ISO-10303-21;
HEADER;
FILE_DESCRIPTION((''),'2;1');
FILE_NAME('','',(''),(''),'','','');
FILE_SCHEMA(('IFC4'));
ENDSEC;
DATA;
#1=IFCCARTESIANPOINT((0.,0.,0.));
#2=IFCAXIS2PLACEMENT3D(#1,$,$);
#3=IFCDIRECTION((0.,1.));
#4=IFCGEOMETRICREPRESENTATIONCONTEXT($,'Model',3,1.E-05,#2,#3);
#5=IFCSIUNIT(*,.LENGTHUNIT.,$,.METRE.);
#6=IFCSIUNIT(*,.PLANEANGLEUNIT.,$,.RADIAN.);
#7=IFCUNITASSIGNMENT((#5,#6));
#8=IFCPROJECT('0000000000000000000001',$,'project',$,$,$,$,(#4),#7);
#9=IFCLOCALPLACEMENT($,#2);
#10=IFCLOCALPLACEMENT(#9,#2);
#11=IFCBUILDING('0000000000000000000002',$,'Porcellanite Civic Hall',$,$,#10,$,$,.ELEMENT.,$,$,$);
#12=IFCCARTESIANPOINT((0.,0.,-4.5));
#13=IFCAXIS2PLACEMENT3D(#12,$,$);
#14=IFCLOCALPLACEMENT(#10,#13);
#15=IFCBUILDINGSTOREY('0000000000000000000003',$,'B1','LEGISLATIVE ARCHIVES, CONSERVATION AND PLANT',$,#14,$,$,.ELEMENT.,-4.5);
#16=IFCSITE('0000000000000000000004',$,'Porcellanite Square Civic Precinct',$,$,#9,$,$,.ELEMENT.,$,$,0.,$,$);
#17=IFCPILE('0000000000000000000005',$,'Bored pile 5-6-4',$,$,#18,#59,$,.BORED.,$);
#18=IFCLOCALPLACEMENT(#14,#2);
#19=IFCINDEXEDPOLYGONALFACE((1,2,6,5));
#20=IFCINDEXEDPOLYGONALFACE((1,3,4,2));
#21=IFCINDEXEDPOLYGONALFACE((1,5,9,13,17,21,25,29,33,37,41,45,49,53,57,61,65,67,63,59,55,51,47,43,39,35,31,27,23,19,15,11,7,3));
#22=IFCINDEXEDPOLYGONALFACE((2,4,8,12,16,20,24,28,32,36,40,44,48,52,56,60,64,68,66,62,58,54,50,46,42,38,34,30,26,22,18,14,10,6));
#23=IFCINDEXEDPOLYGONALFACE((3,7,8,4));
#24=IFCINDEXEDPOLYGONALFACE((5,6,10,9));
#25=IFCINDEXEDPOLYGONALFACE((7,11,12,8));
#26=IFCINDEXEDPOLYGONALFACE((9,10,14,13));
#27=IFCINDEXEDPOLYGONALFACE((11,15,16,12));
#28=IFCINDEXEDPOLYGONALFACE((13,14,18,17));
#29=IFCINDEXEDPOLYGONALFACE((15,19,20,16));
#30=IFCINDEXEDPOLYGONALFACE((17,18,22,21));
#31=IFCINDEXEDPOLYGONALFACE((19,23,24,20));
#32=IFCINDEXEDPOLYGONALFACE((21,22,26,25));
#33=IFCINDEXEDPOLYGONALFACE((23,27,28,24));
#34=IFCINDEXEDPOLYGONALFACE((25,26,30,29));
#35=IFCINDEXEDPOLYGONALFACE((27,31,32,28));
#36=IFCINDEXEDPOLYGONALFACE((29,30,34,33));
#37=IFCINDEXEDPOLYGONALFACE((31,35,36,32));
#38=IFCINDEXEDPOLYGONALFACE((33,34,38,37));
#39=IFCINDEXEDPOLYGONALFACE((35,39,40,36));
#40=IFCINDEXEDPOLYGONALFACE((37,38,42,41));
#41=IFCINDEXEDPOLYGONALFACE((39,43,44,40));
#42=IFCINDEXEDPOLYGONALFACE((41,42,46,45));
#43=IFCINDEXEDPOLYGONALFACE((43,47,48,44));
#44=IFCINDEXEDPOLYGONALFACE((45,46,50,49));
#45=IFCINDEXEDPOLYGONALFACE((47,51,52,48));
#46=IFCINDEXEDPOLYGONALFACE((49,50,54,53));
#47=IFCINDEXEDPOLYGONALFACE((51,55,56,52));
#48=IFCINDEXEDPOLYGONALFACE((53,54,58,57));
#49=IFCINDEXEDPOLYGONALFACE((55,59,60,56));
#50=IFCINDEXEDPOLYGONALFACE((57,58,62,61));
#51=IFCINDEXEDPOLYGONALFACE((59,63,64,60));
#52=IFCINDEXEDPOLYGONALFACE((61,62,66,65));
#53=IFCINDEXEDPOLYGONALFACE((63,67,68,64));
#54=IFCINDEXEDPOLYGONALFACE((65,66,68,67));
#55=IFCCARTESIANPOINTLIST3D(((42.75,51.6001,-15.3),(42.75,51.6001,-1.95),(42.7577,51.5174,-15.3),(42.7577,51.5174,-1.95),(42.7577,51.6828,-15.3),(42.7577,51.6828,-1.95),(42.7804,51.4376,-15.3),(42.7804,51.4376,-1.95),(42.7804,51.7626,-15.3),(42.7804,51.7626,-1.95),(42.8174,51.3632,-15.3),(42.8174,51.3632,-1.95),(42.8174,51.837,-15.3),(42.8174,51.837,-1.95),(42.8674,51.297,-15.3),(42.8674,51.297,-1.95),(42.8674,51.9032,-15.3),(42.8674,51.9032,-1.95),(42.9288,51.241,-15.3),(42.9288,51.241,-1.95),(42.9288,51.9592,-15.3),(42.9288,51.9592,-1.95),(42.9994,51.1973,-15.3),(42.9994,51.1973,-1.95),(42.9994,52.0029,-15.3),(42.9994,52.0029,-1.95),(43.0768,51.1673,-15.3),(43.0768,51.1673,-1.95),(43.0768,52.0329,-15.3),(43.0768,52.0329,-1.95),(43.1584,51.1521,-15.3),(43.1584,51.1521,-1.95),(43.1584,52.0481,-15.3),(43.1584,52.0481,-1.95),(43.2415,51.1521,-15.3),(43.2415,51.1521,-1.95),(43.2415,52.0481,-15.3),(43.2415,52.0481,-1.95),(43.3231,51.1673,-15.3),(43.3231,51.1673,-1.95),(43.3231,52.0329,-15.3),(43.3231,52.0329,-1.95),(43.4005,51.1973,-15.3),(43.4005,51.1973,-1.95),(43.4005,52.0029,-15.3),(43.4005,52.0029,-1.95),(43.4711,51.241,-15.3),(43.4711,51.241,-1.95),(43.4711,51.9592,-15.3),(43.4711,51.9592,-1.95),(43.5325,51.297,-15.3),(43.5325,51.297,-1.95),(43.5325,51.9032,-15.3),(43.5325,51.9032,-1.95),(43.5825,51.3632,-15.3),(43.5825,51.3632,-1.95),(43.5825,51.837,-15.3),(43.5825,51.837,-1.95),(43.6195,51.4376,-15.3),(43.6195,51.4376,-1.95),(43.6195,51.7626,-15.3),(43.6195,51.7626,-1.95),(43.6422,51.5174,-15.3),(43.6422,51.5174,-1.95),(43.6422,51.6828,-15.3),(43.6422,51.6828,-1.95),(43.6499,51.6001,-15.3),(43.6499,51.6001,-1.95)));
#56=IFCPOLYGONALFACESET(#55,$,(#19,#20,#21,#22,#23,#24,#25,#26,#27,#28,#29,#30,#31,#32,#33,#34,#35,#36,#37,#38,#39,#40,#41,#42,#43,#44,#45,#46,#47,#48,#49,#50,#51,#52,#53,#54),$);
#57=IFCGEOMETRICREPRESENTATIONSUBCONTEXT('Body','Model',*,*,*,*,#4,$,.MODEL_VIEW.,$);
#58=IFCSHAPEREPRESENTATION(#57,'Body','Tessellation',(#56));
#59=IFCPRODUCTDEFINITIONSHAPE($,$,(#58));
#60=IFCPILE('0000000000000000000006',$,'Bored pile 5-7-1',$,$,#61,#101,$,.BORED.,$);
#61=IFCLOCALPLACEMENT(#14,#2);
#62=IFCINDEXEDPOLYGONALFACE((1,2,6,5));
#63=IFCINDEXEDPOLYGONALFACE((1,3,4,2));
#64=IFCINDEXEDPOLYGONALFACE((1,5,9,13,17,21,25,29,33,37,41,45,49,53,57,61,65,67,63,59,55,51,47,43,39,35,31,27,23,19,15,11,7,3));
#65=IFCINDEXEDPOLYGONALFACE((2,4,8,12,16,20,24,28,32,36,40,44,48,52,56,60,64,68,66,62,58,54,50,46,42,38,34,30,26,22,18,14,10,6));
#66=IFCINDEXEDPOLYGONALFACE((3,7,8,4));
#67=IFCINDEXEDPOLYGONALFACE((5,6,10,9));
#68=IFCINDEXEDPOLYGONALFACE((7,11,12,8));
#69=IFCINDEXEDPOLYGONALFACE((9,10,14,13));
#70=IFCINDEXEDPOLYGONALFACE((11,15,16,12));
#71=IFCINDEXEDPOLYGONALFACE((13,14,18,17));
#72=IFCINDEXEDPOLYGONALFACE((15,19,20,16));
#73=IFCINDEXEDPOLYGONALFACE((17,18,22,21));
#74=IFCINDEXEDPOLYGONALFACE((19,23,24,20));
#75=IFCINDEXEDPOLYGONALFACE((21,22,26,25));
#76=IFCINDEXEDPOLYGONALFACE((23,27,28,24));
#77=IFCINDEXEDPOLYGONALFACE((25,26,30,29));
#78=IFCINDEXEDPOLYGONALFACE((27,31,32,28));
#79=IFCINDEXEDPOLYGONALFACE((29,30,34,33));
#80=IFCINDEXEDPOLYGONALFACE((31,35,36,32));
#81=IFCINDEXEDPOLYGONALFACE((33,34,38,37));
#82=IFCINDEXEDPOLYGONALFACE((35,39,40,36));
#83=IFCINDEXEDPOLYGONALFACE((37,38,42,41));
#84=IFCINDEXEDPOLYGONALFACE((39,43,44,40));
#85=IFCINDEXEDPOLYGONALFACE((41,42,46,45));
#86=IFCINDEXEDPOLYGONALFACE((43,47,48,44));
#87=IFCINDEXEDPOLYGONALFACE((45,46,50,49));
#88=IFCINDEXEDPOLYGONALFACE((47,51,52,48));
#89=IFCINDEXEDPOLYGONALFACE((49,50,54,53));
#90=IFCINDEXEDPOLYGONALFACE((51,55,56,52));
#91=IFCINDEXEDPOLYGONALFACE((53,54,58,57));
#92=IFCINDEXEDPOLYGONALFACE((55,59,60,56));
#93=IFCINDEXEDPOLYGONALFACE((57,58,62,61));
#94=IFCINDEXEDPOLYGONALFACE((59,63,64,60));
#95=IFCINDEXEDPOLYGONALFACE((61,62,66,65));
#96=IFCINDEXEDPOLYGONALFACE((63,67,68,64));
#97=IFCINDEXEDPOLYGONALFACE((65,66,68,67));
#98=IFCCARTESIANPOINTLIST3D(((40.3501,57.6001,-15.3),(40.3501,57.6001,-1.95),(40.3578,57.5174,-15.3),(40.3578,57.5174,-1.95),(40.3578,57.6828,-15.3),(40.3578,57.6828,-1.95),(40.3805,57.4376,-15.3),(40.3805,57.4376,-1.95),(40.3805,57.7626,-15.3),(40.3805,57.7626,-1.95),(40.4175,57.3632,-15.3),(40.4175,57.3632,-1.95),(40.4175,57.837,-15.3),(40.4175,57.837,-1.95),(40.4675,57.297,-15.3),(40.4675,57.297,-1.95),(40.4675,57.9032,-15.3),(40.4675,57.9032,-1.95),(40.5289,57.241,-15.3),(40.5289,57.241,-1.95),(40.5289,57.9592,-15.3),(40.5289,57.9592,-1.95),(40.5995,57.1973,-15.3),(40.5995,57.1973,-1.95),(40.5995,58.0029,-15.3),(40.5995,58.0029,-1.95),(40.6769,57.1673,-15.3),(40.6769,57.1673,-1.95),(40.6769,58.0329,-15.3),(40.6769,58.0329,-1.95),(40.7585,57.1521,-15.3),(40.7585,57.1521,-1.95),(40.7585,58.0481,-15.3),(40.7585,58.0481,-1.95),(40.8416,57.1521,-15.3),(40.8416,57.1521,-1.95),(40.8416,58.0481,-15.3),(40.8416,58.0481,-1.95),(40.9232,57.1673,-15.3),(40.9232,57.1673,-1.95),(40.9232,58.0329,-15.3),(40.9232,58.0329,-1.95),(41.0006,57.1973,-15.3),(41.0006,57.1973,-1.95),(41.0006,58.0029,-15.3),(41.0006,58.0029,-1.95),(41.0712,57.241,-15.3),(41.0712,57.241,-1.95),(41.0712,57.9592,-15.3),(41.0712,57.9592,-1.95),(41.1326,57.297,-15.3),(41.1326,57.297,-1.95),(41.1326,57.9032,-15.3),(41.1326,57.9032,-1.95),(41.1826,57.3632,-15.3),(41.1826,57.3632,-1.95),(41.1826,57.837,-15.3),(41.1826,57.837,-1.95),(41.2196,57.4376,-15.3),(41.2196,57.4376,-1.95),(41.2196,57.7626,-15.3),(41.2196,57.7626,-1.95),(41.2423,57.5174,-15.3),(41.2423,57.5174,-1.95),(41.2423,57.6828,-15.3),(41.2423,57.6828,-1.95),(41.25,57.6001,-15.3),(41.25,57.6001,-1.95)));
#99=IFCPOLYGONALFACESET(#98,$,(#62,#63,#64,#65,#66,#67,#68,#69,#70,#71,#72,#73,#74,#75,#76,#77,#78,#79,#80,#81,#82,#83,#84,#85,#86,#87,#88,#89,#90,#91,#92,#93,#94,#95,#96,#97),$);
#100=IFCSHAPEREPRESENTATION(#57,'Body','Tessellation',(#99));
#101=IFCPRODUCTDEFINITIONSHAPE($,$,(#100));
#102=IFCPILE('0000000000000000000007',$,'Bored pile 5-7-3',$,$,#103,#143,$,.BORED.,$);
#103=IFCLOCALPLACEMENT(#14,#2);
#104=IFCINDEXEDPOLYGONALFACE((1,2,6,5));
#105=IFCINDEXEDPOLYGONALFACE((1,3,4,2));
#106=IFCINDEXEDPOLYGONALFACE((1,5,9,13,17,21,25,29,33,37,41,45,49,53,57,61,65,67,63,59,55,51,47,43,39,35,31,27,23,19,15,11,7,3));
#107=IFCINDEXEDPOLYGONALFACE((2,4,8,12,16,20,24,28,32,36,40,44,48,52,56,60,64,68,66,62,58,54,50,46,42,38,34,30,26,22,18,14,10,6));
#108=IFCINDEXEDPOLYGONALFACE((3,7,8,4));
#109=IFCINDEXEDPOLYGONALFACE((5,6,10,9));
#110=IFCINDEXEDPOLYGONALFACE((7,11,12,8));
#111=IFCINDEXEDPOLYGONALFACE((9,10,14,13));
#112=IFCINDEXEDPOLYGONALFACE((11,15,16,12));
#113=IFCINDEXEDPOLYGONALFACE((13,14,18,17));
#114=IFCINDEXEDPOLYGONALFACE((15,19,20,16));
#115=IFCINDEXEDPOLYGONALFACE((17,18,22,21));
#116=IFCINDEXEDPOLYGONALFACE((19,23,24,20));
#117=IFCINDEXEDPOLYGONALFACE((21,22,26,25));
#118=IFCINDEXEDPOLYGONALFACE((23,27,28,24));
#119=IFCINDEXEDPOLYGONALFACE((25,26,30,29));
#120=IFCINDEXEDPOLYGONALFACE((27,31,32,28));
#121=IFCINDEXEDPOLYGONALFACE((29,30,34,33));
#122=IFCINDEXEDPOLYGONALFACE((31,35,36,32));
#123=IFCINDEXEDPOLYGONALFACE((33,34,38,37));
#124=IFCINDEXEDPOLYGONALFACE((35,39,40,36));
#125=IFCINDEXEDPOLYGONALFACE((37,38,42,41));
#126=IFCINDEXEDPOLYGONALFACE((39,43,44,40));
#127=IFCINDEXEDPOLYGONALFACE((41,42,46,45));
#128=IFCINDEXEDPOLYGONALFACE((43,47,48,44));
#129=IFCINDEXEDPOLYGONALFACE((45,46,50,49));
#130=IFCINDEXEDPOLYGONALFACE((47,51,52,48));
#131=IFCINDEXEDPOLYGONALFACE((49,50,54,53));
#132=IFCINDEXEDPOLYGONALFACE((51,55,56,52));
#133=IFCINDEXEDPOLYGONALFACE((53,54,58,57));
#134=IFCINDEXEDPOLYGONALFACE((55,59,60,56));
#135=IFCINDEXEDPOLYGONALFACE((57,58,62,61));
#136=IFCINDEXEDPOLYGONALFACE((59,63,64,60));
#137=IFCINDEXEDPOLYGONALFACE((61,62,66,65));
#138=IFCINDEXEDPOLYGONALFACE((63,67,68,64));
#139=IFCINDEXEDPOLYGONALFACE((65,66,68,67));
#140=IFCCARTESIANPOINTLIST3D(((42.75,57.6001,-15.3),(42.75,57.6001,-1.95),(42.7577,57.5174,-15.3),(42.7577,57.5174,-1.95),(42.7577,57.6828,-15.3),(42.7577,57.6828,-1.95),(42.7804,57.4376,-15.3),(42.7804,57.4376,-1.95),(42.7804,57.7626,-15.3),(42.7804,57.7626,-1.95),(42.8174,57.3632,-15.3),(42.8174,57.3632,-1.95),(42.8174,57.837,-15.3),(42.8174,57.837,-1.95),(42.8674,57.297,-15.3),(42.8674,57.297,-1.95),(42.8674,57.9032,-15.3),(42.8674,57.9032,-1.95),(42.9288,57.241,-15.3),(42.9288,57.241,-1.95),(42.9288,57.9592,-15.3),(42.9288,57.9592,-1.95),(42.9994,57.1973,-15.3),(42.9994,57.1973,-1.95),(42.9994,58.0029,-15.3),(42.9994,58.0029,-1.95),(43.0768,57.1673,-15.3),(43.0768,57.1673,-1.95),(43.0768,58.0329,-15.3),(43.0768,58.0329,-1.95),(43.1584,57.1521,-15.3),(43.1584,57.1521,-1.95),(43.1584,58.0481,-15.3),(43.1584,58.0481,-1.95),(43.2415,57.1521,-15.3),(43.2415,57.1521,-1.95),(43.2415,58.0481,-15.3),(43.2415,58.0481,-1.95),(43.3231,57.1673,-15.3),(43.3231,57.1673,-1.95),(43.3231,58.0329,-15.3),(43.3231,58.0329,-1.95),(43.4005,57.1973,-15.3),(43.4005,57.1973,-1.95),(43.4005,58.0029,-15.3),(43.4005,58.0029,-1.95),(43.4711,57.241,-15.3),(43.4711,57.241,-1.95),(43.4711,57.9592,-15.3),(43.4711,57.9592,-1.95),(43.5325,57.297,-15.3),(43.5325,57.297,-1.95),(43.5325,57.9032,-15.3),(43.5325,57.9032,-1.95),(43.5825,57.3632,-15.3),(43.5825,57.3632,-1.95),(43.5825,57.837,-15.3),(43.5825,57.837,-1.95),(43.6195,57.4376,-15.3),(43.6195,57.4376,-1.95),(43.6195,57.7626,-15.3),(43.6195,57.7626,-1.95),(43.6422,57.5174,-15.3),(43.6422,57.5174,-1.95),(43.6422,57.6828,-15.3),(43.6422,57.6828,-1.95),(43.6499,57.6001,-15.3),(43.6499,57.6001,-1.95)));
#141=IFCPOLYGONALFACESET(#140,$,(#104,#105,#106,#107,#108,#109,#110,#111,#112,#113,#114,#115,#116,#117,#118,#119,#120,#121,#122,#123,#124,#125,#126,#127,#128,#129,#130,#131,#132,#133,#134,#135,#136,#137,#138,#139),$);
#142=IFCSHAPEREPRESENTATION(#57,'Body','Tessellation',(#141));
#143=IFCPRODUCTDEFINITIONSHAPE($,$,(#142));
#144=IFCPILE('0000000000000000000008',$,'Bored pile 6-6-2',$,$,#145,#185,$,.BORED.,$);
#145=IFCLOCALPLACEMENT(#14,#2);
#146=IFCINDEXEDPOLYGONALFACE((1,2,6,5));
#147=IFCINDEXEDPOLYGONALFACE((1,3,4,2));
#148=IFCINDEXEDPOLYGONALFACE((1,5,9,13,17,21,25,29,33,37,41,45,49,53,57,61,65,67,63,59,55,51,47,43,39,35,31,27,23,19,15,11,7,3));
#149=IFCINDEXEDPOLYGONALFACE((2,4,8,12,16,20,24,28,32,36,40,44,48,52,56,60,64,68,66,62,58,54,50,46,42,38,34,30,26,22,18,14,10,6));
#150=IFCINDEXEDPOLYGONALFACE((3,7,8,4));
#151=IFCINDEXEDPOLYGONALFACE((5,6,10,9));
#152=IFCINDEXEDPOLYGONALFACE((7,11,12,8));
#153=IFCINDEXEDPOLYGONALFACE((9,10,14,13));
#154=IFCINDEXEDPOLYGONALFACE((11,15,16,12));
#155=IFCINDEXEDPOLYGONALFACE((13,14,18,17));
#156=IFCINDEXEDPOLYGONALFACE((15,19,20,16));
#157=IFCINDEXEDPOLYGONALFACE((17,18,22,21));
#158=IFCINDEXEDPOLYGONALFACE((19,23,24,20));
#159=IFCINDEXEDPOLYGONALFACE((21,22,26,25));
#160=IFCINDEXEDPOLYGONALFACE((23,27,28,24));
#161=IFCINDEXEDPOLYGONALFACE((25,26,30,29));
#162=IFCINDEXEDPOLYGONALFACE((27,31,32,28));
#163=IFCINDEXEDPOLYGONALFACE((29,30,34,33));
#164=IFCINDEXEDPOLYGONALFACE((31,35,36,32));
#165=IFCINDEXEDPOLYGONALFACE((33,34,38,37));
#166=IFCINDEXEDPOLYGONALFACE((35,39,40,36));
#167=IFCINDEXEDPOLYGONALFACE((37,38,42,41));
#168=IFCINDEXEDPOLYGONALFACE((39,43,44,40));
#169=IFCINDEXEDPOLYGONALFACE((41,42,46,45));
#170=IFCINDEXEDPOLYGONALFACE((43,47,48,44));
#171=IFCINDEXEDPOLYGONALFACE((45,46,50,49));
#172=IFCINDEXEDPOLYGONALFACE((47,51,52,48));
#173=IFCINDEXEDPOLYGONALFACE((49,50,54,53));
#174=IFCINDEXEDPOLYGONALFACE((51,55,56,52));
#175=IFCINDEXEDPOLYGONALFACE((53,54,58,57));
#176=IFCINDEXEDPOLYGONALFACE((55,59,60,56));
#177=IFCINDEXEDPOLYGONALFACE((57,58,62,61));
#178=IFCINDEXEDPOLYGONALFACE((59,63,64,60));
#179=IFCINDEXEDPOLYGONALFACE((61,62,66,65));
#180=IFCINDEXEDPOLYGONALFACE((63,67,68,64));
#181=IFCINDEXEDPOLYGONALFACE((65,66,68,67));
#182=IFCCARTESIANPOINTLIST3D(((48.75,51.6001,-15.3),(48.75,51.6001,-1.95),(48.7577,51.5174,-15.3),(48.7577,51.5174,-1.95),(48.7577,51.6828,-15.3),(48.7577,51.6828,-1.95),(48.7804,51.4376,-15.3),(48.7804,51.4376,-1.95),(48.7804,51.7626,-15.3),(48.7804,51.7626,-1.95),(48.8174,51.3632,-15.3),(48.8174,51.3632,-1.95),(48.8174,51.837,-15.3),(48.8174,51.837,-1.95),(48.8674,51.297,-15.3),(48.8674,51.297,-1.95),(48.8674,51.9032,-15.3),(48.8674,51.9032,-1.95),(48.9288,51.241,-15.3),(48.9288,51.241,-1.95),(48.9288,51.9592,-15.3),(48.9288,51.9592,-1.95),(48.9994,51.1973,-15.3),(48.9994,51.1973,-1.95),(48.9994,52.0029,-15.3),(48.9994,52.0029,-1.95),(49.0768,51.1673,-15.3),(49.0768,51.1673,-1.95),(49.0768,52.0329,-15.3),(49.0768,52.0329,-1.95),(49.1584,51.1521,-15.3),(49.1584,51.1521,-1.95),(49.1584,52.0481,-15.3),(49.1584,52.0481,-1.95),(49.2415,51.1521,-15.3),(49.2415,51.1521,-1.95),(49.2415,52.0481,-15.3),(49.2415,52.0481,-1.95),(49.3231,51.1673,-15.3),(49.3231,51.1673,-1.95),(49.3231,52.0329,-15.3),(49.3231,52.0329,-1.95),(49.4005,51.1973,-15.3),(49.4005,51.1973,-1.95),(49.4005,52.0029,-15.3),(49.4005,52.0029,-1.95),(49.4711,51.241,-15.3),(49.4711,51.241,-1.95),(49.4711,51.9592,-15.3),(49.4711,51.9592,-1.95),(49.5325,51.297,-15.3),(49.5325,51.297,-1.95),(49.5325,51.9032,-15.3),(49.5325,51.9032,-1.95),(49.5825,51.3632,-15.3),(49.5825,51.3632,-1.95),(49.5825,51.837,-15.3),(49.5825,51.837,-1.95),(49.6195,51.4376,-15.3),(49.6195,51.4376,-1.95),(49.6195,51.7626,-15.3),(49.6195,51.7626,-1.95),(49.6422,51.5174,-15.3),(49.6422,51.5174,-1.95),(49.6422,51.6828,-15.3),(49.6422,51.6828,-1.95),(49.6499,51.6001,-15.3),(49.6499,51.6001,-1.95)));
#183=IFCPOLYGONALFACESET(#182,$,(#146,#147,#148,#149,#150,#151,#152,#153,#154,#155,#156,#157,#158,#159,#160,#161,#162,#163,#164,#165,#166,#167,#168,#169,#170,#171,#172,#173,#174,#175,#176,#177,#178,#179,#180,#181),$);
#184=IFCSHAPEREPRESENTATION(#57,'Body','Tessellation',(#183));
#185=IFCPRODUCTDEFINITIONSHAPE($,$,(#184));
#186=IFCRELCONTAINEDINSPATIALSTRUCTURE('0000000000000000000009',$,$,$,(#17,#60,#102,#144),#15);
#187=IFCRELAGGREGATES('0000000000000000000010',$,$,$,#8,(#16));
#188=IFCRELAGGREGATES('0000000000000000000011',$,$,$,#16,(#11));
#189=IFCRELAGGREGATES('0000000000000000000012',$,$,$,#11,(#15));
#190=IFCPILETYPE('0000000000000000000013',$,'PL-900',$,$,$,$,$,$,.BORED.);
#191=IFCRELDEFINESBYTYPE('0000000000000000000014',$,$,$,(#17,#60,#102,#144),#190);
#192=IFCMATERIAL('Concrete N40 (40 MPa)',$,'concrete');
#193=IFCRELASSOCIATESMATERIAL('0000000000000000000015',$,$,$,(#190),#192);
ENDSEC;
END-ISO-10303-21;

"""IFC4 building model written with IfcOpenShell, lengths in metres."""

from ifc_helpers import new_model, si_unit, direction, frame, origin, origin_2d, place, context, subcontext, project, spatial, circle, extrude, material, material_profile, profile_set, type_object, element, save


model = new_model("IFC4")

# Units and contexts
model_context = context("Model", 3, precision=1e-05, world=origin(), true_north=direction((0.0, 1.0)))
body_context = subcontext(model_context, "Body", "Model", "MODEL_VIEW")
ifc_project = project(units=[si_unit("LENGTHUNIT", "METRE"), si_unit("PLANEANGLEUNIT", "RADIAN")], contexts=[model_context])

# Site, building, storey
site_placement = place(None, origin())
site = spatial("IfcSite", under=ifc_project, at=site_placement, Name="Porcellanite Square Civic Precinct", CompositionType="ELEMENT", RefElevation=0.0)
building_placement = place(site_placement, origin())
building = spatial("IfcBuilding", under=site, at=building_placement, Name="Porcellanite Civic Hall", CompositionType="ELEMENT")
storey_placement = place(building_placement, frame((0.0, 0.0, -4.5)))
storey = spatial("IfcBuildingStorey", under=building, at=storey_placement, Name="B1", Description="LEGISLATIVE ARCHIVES, CONSERVATION AND PLANT", CompositionType="ELEMENT", Elevation=-4.5)

# Piles
ifc_material_1 = material(Name="Concrete N40 (40 MPa)", Category="concrete")
ifc_material_profile_1 = material_profile(ifc_material_1, circle(Radius=0.45, at=origin_2d()), Name="PILE-D900")
ifc_profile_set_1 = profile_set([ifc_material_profile_1], Name="Concrete N40 (40 MPa)")
pile_type = type_object("IfcPileType", Name="PL-900", PredefinedType="BORED", material=ifc_profile_set_1)
for number, where, z_axis, x_axis, name in (
    (1, (43.2, 51.6001, -1.95), (0.0, 0.0, -1.0), (1.0, 0.0, 0.0), "Bored pile 5-6-4"),
    (2, (40.8, 57.6001, -1.95), (0.0, 0.0, -1.0), (1.0, 0.0, 0.0), "Bored pile 5-7-1"),
    (3, (43.2, 57.6001, -1.95), (0.0, 0.0, -1.0), (1.0, 0.0, 0.0), "Bored pile 5-7-3"),
    (4, (49.2, 51.6001, -1.95), (0.0, 0.0, -1.0), (1.0, 0.0, 0.0), "Bored pile 6-6-2"),
):
    element("IfcPile", number, at=place(storey_placement, frame(where, z_axis=z_axis, x_axis=x_axis)), inside=storey, type_object=pile_type, Name=name, PredefinedType="BORED", context=body_context, shape_type="SweptSolid", body=[
        extrude(circle(Radius=0.45, at=origin_2d()), origin(), (0.0, 0.0, 1.0), 13.3501),
    ])

save(model, "model.ifc")
